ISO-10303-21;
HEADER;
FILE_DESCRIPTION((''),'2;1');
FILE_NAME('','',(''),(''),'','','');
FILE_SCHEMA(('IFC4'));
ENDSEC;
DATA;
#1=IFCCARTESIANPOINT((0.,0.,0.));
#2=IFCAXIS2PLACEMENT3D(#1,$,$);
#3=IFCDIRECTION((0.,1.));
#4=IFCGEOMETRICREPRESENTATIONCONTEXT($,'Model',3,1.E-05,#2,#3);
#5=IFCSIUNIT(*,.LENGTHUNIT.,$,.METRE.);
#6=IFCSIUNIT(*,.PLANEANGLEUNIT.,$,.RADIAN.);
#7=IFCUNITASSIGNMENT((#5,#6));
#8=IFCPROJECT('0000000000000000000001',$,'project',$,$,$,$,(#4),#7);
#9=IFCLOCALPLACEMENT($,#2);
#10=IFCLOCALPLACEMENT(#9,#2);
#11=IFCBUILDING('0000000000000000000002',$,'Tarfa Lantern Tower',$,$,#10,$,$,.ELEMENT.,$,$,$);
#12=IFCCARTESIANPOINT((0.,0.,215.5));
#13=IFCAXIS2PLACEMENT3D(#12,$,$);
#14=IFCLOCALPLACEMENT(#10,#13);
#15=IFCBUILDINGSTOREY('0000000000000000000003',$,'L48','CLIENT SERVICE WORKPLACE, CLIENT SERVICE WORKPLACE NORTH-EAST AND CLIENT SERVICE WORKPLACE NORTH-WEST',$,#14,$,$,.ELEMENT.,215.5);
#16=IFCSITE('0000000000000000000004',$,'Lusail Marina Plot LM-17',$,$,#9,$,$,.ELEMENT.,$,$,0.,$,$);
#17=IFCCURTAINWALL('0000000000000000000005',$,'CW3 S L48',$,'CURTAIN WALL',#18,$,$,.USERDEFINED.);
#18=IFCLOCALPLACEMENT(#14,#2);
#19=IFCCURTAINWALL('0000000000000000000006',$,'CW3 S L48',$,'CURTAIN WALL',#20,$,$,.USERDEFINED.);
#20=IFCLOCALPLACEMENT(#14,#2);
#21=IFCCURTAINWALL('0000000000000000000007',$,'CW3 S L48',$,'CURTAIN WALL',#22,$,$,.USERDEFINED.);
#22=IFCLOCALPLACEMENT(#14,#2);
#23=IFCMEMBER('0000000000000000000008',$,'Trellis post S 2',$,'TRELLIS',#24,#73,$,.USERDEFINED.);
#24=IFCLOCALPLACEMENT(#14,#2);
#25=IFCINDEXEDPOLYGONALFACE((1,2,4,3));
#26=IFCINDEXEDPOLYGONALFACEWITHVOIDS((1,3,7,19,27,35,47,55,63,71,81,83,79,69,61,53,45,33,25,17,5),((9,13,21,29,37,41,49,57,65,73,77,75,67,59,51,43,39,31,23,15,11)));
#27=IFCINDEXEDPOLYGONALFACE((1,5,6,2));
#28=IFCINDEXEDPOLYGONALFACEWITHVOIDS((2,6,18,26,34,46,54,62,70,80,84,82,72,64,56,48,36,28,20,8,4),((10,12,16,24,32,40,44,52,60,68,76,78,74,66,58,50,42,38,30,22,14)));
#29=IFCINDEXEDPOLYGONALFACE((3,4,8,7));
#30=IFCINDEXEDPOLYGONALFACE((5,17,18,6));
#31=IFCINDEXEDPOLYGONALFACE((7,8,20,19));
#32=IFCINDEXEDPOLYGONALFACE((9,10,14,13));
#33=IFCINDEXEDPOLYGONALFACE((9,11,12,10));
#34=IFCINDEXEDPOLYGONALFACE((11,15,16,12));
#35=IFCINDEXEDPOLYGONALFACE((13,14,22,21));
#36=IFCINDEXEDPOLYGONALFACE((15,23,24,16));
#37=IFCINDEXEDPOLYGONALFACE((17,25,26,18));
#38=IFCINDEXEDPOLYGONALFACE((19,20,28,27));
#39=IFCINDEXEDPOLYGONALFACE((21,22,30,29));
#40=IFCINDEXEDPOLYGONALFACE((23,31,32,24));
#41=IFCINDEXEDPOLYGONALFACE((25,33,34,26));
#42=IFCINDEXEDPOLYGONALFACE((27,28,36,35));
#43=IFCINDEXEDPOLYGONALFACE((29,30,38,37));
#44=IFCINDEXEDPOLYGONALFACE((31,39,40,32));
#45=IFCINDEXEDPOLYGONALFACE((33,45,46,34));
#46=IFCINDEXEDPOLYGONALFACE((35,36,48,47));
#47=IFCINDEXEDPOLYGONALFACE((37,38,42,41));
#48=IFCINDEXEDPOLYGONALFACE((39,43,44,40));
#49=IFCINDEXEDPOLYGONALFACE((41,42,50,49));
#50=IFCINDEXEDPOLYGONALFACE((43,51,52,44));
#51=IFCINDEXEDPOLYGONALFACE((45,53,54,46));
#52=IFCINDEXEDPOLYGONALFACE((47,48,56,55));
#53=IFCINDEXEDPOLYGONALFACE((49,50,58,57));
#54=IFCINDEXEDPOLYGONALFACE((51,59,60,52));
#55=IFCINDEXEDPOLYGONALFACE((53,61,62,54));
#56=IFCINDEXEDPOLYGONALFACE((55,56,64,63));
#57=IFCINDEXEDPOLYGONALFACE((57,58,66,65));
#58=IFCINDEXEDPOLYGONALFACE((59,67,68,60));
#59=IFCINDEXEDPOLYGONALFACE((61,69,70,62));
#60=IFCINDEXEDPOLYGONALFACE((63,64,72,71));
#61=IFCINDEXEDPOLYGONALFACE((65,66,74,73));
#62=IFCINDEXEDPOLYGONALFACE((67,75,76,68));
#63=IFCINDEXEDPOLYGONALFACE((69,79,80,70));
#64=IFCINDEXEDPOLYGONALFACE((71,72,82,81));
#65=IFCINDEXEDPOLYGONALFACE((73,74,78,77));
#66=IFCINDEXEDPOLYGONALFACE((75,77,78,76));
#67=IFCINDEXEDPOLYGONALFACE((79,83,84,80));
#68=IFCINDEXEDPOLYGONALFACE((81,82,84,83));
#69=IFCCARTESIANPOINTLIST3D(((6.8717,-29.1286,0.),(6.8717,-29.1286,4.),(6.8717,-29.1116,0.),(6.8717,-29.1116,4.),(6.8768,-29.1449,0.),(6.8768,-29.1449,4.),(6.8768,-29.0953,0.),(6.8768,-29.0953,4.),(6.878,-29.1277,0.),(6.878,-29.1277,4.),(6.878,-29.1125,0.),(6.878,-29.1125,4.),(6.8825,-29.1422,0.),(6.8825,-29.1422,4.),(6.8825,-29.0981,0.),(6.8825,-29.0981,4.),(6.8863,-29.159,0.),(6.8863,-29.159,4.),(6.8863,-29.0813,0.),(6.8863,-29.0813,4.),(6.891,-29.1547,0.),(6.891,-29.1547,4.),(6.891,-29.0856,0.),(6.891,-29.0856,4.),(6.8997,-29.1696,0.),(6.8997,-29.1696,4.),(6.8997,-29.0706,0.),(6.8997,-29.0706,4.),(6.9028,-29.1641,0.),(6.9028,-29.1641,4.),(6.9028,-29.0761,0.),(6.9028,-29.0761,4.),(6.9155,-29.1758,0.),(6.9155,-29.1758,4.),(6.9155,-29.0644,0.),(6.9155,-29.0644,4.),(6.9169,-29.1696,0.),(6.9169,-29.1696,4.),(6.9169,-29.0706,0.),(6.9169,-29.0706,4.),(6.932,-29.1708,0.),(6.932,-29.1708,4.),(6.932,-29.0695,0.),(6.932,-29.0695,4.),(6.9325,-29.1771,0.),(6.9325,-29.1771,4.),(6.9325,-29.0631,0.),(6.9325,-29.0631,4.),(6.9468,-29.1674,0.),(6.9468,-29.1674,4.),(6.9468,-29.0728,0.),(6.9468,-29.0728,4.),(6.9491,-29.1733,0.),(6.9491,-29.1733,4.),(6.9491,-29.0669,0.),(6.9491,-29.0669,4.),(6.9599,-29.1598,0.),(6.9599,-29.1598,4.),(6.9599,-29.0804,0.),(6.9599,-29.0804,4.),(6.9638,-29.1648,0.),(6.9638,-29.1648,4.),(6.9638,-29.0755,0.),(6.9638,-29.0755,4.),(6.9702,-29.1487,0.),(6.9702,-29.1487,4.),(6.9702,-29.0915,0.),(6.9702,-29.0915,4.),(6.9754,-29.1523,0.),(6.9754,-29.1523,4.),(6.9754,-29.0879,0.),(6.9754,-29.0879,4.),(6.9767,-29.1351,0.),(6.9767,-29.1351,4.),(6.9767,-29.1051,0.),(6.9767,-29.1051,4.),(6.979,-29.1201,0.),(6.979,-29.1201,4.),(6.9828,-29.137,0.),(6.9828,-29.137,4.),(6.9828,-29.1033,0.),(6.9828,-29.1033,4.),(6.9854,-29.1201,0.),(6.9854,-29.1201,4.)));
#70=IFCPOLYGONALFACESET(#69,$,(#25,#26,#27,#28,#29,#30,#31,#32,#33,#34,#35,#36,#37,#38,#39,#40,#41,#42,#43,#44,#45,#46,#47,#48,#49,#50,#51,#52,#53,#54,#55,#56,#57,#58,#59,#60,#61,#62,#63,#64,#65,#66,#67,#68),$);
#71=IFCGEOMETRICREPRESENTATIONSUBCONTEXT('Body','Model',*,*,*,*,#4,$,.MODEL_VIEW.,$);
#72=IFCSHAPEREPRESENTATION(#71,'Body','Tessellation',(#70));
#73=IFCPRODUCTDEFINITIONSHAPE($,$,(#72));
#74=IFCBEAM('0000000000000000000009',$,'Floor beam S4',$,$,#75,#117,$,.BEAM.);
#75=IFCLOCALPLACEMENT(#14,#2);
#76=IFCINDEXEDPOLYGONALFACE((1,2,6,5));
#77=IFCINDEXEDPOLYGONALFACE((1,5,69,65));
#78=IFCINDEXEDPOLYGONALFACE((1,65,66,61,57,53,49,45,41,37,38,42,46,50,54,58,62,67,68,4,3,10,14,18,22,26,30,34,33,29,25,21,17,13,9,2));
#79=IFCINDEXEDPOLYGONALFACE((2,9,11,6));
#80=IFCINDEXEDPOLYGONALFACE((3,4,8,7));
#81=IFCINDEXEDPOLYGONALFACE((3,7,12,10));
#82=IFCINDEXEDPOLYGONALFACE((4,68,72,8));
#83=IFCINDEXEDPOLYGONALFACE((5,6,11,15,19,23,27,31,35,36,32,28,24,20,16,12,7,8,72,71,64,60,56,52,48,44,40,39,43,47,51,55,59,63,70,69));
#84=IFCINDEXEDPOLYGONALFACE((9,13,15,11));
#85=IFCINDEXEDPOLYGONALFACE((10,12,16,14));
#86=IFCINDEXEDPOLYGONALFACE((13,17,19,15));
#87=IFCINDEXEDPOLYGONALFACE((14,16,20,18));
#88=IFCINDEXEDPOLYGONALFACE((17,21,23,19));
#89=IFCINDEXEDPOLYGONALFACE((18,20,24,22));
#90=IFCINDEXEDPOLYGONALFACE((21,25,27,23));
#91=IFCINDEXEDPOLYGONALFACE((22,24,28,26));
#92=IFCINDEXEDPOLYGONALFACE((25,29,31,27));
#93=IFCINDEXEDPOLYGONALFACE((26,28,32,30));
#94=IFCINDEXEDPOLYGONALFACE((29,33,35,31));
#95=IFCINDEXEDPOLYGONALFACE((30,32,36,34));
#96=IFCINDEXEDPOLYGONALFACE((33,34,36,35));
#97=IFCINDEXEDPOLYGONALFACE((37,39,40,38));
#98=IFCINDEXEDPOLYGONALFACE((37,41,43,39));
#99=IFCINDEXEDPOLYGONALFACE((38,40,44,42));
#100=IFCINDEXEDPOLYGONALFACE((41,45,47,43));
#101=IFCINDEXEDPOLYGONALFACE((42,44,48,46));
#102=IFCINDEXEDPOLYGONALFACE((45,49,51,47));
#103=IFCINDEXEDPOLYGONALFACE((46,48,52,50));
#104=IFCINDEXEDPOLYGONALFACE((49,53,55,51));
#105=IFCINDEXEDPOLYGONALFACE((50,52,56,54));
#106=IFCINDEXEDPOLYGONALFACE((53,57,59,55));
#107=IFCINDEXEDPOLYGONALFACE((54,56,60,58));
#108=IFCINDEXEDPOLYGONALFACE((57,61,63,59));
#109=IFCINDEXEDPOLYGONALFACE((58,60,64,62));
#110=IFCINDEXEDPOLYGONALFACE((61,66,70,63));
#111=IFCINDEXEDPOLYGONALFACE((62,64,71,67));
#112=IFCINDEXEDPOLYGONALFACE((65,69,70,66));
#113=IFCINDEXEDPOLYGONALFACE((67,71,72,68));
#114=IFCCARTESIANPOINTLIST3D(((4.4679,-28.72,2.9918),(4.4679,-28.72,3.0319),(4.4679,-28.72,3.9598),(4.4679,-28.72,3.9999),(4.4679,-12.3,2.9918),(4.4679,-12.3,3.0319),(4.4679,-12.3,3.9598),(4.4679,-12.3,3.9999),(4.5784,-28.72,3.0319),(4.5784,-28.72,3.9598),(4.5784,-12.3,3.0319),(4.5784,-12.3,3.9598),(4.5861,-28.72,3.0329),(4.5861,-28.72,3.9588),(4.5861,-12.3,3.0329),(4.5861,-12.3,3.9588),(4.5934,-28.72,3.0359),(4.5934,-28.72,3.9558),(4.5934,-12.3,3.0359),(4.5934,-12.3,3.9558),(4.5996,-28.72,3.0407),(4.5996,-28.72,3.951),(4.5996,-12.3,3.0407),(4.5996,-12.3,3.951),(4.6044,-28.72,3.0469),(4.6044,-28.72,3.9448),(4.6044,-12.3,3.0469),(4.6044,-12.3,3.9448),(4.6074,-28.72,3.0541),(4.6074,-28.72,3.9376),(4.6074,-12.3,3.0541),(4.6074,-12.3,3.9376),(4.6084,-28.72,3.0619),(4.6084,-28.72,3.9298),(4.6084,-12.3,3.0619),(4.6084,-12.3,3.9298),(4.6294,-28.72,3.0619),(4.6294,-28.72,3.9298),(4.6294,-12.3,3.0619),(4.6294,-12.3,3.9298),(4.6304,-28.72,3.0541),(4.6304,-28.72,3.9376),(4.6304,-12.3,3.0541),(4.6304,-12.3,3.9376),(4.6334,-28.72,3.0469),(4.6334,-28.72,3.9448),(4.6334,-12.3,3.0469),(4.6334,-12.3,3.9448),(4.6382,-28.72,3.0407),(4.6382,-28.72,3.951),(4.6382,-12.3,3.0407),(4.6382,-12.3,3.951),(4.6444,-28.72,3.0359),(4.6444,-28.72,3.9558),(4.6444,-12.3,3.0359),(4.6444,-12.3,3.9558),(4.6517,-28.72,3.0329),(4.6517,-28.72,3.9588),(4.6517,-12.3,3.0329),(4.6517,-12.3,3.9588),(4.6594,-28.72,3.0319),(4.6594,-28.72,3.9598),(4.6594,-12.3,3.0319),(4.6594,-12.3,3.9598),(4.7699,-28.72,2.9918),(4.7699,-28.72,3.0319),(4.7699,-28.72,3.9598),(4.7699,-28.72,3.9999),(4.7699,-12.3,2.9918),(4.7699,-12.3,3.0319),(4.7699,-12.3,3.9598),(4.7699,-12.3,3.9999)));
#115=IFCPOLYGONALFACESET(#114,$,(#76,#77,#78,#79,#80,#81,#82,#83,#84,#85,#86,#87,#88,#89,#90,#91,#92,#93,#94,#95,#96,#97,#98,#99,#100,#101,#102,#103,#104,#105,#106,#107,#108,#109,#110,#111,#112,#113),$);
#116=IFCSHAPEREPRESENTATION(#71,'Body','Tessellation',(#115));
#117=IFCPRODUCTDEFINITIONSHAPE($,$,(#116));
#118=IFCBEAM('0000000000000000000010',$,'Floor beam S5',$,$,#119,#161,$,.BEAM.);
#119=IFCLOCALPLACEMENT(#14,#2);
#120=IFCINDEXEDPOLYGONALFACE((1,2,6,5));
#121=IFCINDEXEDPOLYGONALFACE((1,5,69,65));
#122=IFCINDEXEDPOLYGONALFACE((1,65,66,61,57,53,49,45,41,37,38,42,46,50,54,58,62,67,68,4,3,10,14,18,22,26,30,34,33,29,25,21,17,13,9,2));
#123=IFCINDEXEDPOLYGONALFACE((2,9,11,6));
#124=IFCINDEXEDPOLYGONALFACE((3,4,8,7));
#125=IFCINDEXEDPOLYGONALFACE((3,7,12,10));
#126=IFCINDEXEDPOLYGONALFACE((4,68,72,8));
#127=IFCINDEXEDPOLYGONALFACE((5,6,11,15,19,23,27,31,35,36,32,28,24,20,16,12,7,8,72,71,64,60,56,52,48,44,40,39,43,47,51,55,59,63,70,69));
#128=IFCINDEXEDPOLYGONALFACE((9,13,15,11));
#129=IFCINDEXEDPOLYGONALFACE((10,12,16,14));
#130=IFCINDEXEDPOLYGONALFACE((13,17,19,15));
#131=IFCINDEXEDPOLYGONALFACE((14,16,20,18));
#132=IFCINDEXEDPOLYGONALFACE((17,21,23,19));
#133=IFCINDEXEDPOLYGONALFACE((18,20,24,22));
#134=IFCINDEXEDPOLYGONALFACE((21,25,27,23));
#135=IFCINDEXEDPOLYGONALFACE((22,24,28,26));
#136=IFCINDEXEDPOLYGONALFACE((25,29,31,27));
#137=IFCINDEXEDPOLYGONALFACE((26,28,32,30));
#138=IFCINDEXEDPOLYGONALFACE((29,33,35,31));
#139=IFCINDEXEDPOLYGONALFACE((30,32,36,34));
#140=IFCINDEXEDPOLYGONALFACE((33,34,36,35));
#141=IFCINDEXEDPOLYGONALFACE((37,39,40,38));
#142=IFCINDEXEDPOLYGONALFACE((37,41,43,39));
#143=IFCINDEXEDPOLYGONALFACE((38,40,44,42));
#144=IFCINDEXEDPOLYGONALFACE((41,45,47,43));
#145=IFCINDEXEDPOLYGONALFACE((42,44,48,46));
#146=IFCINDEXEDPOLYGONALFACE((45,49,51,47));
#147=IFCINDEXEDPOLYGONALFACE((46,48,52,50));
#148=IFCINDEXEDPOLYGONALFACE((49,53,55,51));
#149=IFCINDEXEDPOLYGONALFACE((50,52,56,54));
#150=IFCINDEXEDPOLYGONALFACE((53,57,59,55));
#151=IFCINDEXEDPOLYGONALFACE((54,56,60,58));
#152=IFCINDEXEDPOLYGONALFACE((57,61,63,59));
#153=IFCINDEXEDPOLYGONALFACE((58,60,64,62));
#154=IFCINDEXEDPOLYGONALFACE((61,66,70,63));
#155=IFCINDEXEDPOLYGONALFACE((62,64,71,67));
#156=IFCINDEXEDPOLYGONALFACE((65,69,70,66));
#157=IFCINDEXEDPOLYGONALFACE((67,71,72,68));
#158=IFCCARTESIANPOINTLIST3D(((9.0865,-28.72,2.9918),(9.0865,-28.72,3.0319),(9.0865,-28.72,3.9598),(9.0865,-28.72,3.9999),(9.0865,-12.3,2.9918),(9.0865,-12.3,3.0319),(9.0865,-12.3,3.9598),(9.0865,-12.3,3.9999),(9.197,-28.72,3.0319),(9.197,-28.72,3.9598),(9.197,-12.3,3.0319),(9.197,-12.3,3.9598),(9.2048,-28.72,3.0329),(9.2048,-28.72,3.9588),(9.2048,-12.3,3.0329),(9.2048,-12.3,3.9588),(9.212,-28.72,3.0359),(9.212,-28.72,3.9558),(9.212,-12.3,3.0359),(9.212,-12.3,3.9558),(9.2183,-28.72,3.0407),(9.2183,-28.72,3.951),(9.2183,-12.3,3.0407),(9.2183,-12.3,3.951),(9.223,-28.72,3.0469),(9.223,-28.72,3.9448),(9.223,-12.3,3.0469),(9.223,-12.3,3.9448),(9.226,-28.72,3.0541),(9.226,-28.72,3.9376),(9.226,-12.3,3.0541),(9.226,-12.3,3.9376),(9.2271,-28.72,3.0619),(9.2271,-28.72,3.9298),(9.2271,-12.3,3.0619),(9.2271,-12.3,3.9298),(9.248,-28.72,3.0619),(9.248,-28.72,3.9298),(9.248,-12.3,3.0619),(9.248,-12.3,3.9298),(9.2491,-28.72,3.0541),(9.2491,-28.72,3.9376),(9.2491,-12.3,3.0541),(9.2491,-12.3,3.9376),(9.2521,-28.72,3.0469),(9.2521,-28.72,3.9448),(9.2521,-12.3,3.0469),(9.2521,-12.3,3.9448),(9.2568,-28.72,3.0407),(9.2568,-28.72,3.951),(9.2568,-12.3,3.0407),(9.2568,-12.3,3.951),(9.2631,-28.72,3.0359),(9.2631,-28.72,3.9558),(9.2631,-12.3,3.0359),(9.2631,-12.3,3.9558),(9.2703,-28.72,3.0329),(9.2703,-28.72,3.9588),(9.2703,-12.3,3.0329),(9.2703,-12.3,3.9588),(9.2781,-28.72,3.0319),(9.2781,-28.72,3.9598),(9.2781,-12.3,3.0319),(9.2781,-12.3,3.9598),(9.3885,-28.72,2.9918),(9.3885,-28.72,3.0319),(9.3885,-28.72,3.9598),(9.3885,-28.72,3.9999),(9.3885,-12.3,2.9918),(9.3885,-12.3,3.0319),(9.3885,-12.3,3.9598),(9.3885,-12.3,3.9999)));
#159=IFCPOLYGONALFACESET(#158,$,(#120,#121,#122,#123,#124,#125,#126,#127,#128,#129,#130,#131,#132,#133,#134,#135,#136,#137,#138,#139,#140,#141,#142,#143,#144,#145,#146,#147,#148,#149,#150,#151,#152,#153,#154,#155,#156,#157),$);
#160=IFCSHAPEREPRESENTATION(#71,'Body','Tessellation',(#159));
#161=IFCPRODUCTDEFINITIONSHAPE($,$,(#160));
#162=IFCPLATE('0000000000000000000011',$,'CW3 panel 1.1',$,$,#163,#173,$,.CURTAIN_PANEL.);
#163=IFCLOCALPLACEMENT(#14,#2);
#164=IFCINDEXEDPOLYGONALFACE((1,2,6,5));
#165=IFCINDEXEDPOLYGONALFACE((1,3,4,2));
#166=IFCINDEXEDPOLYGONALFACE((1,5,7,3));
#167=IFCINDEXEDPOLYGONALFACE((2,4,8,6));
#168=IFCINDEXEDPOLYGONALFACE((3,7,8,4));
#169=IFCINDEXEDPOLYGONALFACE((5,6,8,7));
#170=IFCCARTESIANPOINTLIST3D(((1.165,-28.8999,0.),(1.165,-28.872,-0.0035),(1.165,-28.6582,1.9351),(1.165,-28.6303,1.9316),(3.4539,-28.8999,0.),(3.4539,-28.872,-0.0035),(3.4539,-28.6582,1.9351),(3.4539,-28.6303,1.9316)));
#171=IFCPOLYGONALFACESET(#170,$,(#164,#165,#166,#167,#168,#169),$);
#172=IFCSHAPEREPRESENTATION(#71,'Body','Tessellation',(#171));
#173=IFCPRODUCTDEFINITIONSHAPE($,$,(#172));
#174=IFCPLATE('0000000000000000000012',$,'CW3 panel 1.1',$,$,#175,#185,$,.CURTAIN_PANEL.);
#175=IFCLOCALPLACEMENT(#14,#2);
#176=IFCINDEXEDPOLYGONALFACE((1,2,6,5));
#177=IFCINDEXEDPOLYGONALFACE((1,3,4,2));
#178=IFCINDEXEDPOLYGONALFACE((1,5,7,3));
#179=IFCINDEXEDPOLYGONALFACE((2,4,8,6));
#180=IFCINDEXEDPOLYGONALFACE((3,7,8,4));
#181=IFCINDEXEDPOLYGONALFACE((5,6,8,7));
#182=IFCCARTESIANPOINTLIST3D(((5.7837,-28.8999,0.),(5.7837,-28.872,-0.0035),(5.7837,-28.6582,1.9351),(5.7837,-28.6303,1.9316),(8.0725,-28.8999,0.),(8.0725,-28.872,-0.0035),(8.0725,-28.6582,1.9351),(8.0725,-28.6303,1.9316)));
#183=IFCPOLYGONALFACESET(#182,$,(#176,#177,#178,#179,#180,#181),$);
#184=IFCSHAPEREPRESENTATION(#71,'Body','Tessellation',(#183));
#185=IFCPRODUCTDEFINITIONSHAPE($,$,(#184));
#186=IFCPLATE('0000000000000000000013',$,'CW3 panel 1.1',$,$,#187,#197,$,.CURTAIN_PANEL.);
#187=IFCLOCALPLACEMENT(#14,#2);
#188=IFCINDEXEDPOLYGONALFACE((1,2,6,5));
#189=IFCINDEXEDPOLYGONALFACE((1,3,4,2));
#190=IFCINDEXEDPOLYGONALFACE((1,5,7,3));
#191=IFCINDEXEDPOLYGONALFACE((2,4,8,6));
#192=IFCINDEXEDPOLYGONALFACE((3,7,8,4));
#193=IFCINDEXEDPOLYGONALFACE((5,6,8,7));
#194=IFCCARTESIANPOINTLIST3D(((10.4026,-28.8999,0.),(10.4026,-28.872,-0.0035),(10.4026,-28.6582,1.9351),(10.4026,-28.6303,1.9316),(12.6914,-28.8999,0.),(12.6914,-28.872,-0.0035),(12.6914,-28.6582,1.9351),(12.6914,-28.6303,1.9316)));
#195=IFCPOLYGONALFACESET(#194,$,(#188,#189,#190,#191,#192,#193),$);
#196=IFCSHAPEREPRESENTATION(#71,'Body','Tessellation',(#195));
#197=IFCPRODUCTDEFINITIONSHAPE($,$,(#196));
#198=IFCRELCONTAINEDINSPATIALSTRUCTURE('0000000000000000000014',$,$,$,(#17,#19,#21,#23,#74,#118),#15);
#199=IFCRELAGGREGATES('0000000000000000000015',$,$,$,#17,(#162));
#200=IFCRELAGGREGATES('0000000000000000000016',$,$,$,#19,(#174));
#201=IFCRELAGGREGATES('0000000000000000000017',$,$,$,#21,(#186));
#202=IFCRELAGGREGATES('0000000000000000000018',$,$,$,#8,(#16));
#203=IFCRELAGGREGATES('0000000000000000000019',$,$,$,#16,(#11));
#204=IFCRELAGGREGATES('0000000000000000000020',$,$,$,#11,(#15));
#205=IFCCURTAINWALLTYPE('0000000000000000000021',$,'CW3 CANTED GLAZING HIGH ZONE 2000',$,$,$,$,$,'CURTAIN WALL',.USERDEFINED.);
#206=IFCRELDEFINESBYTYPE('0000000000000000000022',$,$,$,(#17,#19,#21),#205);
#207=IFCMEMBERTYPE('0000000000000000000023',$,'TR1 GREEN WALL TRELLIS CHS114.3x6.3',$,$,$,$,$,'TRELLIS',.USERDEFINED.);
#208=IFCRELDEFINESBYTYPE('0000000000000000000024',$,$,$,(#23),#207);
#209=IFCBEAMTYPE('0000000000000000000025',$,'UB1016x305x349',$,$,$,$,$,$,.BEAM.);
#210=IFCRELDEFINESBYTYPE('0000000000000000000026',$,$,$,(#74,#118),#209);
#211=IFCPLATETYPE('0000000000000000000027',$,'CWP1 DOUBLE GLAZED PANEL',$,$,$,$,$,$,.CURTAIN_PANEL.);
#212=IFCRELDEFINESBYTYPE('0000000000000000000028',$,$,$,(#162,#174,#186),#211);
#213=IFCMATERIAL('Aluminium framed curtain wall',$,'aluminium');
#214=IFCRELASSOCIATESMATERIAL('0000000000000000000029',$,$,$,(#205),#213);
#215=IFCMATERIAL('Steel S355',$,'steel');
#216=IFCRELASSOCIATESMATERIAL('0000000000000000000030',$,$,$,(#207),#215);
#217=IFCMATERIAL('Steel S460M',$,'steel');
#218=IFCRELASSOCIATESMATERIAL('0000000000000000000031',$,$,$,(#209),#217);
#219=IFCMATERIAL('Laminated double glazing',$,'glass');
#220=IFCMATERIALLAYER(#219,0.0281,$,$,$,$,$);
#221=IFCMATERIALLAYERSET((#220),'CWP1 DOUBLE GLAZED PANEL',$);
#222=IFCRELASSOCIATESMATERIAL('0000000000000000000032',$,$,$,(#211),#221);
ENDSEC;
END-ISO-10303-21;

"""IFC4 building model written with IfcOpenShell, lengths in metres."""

from ifc_helpers import new_model, si_unit, direction, frame, origin, origin_2d, place, context, subcontext, project, spatial, polyline, hollow_circle, i_section, outline, extrude, material, layer, layer_set, material_profile, profile_set, type_object, element, aggregate, save


model = new_model("IFC4")

# Units and contexts
model_context = context("Model", 3, precision=1e-05, world=origin(), true_north=direction((0.0, 1.0)))
body_context = subcontext(model_context, "Body", "Model", "MODEL_VIEW")
ifc_project = project(units=[si_unit("LENGTHUNIT", "METRE"), si_unit("PLANEANGLEUNIT", "RADIAN")], contexts=[model_context])

# Site, building, storey
site_placement = place(None, origin())
site = spatial("IfcSite", under=ifc_project, at=site_placement, Name="Lusail Marina Plot LM-17", CompositionType="ELEMENT", RefElevation=0.0)
building_placement = place(site_placement, origin())
building = spatial("IfcBuilding", under=site, at=building_placement, Name="Tarfa Lantern Tower", CompositionType="ELEMENT")
storey_placement = place(building_placement, frame((0.0, 0.0, 215.5)))
storey = spatial("IfcBuildingStorey", under=building, at=storey_placement, Name="L48", Description="CLIENT SERVICE WORKPLACE, CLIENT SERVICE WORKPLACE NORTH-EAST AND CLIENT SERVICE WORKPLACE NORTH-WEST", CompositionType="ELEMENT", Elevation=215.5)

# Shared definitions
ifc_material_1 = material(Name="Steel S460M", Category="steel")

# Curtain walls
ifc_material_2 = material(Name="Aluminium framed curtain wall", Category="aluminium")
curtain_wall_type = type_object("IfcCurtainWallType", Name="CW3 CANTED GLAZING HIGH ZONE 2000", ElementType="CURTAIN WALL", PredefinedType="USERDEFINED", material=ifc_material_2)
curtain_wall_1_placement = place(storey_placement, origin())
curtain_wall_1 = element("IfcCurtainWall", 1, at=curtain_wall_1_placement, inside=storey, type_object=curtain_wall_type, Name="CW3 S L48", ObjectType="CURTAIN WALL", PredefinedType="USERDEFINED")
curtain_wall_2_placement = place(storey_placement, origin())
curtain_wall_2 = element("IfcCurtainWall", 2, at=curtain_wall_2_placement, inside=storey, type_object=curtain_wall_type, Name="CW3 S L48", ObjectType="CURTAIN WALL", PredefinedType="USERDEFINED")

# Curtain wall
curtain_wall_3_placement = place(storey_placement, origin())
curtain_wall_3 = element("IfcCurtainWall", 3, at=curtain_wall_3_placement, inside=storey, type_object=curtain_wall_type, Name="CW3 S L48", ObjectType="CURTAIN WALL", PredefinedType="USERDEFINED")

# Member
ifc_material_3 = material(Name="Steel S355", Category="steel")
ifc_material_profile_1 = material_profile(ifc_material_3, hollow_circle(Radius=0.0571, WallThickness=0.0063, at=origin_2d()), Name="CHS114.3x6.3")
ifc_profile_set_1 = profile_set([ifc_material_profile_1], Name="Steel S355")
member_type_1 = type_object("IfcMemberType", Name="TR1 GREEN WALL TRELLIS CHS114.3x6.3", ElementType="TRELLIS", PredefinedType="USERDEFINED", material=ifc_profile_set_1)
member_1_placement = place(storey_placement, frame((6.9282, -29.1201, 0.0), z_axis=(0.0, 0.0, 1.0), x_axis=(1.0, 0.0, 0.0)))
element("IfcMember", 4, at=member_1_placement, inside=storey, type_object=member_type_1, Name="Trellis post S 2", ObjectType="TRELLIS", PredefinedType="USERDEFINED", context=body_context, shape_type="SweptSolid", body=[
    extrude(hollow_circle(Radius=0.0571, WallThickness=0.0063, at=origin_2d()), origin(), (0.0, 0.0, 1.0), 4.0),
])

# Beams
ifc_material_profile_2 = material_profile(ifc_material_1, i_section(OverallWidth=0.302, OverallDepth=1.0081, WebThickness=0.021, FlangeThickness=0.04, FilletRadius=0.03, at=origin_2d()), Name="UB1016x305x349")
ifc_profile_set_2 = profile_set([ifc_material_profile_2], Name="Steel S460M")
beam_type_1 = type_object("IfcBeamType", Name="UB1016x305x349", PredefinedType="BEAM", material=ifc_profile_set_2)
for number, where, z_axis, x_axis, name in (
    (5, (4.6189, -28.72, 3.4958), (0.0, 1.0, 0.0), (-1.0, 0.0, 0.0), "Floor beam S4"),
    (6, (9.2375, -28.72, 3.4958), (0.0, 1.0, 0.0), (-1.0, 0.0, 0.0), "Floor beam S5"),
):
    element("IfcBeam", number, at=place(storey_placement, frame(where, z_axis=z_axis, x_axis=x_axis)), inside=storey, type_object=beam_type_1, Name=name, PredefinedType="BEAM", context=body_context, shape_type="SweptSolid", body=[
        extrude(i_section(OverallWidth=0.302, OverallDepth=1.0081, WebThickness=0.021, FlangeThickness=0.04, FilletRadius=0.03, at=origin_2d()), origin(), (0.0, 0.0, 1.0), 16.4199),
    ])

# Plates
ifc_material_4 = material(Name="Laminated double glazing", Category="glass")
ifc_layer = layer(ifc_material_4, 0.0281)
ifc_layer_set = layer_set([ifc_layer], Name="CWP1 DOUBLE GLAZED PANEL")
plate_type = type_object("IfcPlateType", Name="CWP1 DOUBLE GLAZED PANEL", PredefinedType="CURTAIN_PANEL", material=ifc_layer_set)
plate_1_placement = place(storey_placement, frame((1.165, -28.8999, 0.0), z_axis=(0.0, -0.992289, 0.123942), x_axis=(1.0, 0.0, 0.0)))
plate_1 = element("IfcPlate", 7, at=plate_1_placement, type_object=plate_type, Name="CW3 panel 1.1", PredefinedType="CURTAIN_PANEL", context=body_context, shape_type="SweptSolid", body=[
    extrude(outline(polyline([(0.0, 0.0), (2.2888, 0.0), (2.2888, 1.9501), (0.0, 1.9501), (0.0, 0.0)])), origin(), (0.0, 0.0, -1.0), 0.0281),
])
aggregate(curtain_wall_1, [plate_1])
plate_2_placement = place(storey_placement, frame((5.7837, -28.8999, 0.0), z_axis=(0.0, -0.992289, 0.123942), x_axis=(1.0, 0.0, 0.0)))
plate_2 = element("IfcPlate", 8, at=plate_2_placement, type_object=plate_type, Name="CW3 panel 1.1", PredefinedType="CURTAIN_PANEL", context=body_context, shape_type="SweptSolid", body=[
    extrude(outline(polyline([(0.0, 0.0), (2.2888, 0.0), (2.2888, 1.9501), (0.0, 1.9501), (0.0, 0.0)])), origin(), (0.0, 0.0, -1.0), 0.0281),
])
aggregate(curtain_wall_2, [plate_2])
plate_3_placement = place(storey_placement, frame((10.4026, -28.8999, 0.0), z_axis=(0.0, -0.992289, 0.123942), x_axis=(1.0, 0.0, 0.0)))
plate_3 = element("IfcPlate", 9, at=plate_3_placement, type_object=plate_type, Name="CW3 panel 1.1", PredefinedType="CURTAIN_PANEL", context=body_context, shape_type="SweptSolid", body=[
    extrude(outline(polyline([(0.0, 0.0), (2.2888, 0.0), (2.2888, 1.9501), (0.0, 1.9501), (0.0, 0.0)])), origin(), (0.0, 0.0, -1.0), 0.0281),
])
aggregate(curtain_wall_3, [plate_3])

save(model, "model.ifc")
